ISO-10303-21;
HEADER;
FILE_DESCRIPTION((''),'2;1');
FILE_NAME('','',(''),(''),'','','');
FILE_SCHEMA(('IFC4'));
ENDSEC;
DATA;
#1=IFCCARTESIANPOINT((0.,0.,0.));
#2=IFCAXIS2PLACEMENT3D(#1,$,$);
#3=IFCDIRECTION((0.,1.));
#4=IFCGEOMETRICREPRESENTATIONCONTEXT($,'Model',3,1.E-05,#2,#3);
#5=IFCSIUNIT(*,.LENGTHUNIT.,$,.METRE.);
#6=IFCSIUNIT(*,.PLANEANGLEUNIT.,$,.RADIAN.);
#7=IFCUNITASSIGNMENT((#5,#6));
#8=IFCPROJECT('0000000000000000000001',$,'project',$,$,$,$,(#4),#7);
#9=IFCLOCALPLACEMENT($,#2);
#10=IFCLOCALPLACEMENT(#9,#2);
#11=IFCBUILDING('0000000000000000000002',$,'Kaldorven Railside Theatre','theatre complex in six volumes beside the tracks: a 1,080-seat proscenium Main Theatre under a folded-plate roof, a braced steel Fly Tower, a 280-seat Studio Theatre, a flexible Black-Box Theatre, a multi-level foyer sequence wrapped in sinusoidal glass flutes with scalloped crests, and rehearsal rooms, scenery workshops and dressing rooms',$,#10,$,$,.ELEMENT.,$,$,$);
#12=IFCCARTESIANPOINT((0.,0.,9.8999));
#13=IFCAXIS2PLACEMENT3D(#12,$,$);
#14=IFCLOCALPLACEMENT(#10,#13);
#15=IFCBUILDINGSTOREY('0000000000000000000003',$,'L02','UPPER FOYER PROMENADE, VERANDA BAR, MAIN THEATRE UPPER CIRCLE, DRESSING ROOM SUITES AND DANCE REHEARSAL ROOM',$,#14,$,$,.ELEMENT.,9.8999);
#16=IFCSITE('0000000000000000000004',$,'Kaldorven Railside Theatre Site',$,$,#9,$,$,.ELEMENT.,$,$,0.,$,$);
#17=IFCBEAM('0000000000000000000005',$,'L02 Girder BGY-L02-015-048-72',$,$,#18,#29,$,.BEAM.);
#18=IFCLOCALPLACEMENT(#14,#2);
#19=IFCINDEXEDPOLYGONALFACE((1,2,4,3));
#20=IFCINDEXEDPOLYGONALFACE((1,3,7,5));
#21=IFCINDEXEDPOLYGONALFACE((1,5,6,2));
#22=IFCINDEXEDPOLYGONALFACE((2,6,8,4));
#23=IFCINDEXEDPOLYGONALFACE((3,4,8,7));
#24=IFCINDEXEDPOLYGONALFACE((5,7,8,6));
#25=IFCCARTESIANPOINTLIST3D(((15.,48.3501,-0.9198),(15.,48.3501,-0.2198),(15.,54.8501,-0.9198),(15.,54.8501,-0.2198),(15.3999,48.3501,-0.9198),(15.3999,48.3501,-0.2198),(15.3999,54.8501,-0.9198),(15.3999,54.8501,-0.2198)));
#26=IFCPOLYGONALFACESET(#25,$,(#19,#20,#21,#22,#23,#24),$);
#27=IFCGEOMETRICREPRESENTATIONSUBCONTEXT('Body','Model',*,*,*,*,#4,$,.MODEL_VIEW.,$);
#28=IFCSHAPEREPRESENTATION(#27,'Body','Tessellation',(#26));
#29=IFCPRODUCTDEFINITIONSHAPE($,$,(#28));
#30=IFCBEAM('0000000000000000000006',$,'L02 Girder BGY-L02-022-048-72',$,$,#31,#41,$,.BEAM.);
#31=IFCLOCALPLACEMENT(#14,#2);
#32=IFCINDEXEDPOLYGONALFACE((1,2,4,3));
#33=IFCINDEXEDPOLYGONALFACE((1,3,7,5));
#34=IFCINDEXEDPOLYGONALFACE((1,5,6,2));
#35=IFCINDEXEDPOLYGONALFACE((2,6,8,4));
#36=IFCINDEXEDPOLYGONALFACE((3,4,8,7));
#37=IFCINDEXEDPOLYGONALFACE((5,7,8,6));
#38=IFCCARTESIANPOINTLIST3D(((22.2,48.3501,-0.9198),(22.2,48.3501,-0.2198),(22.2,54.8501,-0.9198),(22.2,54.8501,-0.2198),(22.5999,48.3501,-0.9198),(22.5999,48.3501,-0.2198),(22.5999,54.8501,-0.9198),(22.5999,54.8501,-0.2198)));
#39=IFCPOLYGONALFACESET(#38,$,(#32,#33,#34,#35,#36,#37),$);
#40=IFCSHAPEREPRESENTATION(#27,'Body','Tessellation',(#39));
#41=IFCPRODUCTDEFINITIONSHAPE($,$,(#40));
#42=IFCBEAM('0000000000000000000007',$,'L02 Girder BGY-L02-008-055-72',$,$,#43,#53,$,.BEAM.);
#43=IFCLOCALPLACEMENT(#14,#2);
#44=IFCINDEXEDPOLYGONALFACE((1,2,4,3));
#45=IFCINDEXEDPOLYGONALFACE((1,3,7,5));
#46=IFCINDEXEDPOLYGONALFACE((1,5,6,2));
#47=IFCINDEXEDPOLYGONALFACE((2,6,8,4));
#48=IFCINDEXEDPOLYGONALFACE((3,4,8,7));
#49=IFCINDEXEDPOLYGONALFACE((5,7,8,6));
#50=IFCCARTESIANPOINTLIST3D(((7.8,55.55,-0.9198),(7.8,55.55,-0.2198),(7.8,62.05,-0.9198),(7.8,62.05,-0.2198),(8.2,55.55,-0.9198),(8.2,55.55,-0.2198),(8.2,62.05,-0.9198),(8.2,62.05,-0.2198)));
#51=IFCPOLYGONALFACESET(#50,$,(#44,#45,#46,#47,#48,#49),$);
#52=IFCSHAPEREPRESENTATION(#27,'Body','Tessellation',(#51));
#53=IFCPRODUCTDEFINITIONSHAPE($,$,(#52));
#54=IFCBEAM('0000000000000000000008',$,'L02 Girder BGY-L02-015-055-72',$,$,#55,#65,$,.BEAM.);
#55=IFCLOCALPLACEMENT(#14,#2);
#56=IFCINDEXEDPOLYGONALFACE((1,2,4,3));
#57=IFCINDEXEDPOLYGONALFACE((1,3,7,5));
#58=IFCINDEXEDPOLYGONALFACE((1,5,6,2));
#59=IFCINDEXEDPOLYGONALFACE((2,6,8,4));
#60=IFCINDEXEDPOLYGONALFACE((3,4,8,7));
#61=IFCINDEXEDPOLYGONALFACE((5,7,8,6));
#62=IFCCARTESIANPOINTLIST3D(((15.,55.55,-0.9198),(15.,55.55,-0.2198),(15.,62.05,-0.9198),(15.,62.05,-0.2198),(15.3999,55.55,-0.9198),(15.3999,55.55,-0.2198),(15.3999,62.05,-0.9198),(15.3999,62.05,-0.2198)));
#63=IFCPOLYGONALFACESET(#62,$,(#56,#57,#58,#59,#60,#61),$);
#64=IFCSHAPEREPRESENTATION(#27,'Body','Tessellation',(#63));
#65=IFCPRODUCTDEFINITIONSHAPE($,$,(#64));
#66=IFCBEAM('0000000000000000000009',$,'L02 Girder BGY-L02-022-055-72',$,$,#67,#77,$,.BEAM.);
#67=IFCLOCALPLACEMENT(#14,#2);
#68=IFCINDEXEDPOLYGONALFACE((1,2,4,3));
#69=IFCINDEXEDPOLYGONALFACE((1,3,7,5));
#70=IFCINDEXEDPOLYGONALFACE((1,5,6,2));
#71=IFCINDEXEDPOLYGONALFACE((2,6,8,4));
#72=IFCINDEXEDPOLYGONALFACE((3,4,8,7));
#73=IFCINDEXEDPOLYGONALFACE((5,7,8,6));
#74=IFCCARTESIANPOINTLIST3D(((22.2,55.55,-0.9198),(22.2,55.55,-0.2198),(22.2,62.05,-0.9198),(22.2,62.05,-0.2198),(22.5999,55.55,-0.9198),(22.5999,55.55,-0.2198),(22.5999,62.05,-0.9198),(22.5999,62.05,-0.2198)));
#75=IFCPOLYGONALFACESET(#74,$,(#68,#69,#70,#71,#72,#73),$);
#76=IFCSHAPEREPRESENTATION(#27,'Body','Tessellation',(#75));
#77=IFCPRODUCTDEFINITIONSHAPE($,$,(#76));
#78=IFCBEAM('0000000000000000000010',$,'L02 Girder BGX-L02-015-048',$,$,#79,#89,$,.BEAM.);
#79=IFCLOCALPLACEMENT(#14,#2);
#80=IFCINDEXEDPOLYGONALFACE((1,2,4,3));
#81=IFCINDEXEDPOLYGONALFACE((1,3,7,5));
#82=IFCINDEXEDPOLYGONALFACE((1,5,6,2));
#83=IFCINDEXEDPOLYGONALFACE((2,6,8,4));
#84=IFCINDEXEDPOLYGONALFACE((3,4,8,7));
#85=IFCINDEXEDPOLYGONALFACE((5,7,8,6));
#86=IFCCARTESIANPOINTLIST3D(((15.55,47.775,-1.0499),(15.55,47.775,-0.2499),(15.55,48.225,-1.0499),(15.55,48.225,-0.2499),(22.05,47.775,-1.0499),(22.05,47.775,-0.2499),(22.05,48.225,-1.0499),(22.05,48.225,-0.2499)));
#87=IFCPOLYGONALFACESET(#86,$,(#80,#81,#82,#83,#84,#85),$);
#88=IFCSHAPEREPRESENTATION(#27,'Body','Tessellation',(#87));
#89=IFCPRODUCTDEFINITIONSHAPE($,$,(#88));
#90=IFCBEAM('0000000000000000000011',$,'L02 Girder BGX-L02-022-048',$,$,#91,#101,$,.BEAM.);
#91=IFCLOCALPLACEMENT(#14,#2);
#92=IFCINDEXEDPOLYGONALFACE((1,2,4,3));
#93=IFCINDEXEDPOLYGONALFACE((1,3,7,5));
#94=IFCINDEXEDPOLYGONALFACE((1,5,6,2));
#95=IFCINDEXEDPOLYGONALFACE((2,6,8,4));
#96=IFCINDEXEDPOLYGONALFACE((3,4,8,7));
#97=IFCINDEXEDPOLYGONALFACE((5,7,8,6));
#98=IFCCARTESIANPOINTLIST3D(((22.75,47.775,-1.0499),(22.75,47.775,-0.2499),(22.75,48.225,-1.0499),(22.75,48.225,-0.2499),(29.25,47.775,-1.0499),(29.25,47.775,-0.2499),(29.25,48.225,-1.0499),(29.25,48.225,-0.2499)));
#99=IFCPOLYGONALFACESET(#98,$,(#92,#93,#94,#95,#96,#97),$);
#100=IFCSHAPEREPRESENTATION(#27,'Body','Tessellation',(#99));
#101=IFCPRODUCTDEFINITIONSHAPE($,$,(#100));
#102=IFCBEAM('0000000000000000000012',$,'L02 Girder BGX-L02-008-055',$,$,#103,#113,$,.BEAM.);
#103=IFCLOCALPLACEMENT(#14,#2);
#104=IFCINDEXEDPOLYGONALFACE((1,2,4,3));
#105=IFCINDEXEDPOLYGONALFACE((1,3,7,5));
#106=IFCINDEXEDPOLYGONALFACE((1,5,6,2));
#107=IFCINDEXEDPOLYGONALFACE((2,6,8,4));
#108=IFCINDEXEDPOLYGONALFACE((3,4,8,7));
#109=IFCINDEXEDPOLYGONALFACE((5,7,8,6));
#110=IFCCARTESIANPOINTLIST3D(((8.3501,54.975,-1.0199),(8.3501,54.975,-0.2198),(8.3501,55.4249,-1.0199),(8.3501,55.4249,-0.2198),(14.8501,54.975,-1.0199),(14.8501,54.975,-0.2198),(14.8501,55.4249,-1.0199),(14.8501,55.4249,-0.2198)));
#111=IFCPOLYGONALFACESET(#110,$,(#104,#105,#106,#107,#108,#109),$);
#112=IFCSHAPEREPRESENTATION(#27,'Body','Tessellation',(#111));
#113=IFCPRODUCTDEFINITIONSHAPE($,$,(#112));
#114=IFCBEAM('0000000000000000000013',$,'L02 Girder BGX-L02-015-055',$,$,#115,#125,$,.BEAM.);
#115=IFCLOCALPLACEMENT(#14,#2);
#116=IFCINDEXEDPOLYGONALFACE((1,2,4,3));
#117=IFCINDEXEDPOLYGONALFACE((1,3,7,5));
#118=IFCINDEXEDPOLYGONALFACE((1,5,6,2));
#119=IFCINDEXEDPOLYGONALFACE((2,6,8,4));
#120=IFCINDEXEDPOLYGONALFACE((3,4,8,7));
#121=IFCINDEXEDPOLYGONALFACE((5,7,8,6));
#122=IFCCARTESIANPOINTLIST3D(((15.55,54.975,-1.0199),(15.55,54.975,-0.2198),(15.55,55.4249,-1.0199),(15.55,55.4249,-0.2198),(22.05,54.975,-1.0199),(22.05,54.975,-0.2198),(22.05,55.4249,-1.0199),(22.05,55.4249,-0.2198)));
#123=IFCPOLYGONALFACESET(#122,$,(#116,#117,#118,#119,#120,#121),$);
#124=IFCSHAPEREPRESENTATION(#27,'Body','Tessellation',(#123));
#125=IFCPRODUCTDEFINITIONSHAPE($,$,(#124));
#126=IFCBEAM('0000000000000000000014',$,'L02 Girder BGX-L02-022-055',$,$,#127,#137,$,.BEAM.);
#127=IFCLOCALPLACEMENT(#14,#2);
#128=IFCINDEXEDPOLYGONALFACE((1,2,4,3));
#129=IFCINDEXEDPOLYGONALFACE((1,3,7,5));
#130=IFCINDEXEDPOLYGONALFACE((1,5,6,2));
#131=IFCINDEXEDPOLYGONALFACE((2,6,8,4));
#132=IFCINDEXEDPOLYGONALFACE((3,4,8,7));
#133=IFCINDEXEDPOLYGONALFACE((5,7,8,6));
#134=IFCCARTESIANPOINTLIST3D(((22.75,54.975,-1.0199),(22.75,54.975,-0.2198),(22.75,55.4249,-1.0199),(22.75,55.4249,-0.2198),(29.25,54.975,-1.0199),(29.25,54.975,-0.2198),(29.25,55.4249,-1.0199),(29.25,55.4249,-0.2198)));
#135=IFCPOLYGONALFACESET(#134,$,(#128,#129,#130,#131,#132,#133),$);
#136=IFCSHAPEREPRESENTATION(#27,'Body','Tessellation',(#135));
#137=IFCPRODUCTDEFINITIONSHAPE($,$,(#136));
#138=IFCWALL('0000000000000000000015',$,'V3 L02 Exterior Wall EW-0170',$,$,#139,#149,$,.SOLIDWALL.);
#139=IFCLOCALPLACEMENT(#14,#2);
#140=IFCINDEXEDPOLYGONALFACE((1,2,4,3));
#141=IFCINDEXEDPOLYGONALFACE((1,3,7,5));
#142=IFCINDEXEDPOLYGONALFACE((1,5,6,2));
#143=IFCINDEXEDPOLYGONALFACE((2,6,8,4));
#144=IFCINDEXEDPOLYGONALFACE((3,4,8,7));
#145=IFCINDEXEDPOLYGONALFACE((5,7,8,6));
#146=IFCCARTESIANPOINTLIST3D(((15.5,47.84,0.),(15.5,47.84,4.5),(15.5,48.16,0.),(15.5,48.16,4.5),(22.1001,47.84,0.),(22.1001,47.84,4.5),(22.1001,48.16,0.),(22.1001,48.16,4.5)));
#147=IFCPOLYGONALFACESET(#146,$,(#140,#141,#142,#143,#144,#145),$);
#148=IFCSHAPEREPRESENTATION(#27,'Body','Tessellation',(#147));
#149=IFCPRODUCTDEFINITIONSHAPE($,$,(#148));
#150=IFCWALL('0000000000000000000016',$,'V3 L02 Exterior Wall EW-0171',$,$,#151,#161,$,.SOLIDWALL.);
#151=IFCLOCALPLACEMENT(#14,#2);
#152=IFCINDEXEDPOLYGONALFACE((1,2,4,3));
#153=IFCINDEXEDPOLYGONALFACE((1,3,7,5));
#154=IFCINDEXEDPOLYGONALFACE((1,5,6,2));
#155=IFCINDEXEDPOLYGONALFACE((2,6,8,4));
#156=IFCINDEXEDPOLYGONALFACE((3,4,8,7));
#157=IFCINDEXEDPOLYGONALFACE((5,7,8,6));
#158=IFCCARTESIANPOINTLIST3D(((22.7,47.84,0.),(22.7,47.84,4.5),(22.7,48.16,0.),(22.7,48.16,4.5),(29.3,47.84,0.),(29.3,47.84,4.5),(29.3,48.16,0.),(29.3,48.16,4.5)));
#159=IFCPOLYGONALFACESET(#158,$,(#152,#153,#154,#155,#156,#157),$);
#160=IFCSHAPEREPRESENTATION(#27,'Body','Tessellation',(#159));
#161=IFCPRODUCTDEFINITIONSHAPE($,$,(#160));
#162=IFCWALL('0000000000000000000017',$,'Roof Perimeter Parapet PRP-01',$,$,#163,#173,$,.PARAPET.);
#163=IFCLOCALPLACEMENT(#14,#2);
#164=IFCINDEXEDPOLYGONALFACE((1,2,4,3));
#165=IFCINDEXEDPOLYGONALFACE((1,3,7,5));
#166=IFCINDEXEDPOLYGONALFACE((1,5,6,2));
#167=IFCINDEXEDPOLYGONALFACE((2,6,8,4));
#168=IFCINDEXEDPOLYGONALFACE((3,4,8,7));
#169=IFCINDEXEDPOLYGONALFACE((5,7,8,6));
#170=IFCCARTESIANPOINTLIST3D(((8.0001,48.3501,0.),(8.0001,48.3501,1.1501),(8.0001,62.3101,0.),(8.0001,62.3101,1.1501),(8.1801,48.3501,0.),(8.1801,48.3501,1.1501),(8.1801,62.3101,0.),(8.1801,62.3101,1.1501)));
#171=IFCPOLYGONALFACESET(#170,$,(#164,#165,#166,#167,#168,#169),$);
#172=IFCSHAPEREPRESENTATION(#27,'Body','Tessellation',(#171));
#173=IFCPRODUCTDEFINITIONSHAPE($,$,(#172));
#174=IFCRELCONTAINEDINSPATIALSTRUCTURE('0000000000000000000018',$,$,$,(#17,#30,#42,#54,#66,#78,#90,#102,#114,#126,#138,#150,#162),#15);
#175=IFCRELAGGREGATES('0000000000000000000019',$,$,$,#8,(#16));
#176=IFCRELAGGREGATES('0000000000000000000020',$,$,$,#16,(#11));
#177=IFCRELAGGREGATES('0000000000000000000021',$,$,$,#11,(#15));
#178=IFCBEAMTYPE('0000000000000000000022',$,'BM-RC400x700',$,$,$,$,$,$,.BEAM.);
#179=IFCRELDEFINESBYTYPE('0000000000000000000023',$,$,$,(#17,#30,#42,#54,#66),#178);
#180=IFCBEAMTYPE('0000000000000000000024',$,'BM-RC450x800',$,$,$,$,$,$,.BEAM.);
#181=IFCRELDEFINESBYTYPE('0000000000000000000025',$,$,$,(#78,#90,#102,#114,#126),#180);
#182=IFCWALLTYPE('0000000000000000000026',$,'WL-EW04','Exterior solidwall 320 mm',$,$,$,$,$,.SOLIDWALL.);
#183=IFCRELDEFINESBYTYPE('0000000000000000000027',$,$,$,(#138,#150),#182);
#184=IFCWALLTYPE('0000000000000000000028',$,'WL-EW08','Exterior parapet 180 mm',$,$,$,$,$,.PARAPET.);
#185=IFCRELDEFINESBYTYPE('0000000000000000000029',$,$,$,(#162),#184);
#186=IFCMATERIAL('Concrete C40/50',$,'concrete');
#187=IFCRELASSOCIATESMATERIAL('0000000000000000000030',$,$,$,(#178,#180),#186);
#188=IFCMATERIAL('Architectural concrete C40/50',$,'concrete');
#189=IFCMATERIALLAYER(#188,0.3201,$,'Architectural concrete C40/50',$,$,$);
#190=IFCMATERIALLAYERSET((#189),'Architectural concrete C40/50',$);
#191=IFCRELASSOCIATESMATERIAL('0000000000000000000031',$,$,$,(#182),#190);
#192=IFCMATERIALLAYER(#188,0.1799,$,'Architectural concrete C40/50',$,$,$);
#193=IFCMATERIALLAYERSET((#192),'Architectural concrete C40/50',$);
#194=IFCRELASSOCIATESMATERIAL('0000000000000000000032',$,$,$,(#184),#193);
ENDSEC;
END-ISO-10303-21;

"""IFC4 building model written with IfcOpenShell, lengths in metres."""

from ifc_helpers import new_model, si_unit, direction, frame, frame_2d, origin, origin_2d, place, context, subcontext, project, spatial, rectangle, extrude, material, layer, layer_set, material_profile, profile_set, type_object, element, save


model = new_model("IFC4")

# Units and contexts
model_context = context("Model", 3, precision=1e-05, world=origin(), true_north=direction((0.0, 1.0)))
body_context = subcontext(model_context, "Body", "Model", "MODEL_VIEW")
ifc_project = project(units=[si_unit("LENGTHUNIT", "METRE"), si_unit("PLANEANGLEUNIT", "RADIAN")], contexts=[model_context])

# Site, building, storey
site_placement = place(None, origin())
site = spatial("IfcSite", under=ifc_project, at=site_placement, Name="Kaldorven Railside Theatre Site", CompositionType="ELEMENT", RefElevation=0.0)
building_placement = place(site_placement, origin())
building = spatial("IfcBuilding", under=site, at=building_placement, Name="Kaldorven Railside Theatre", Description="theatre complex in six volumes beside the tracks: a 1,080-seat proscenium Main Theatre under a folded-plate roof, a braced steel Fly Tower, a 280-seat Studio Theatre, a flexible Black-Box Theatre, a multi-level foyer sequence wrapped in sinusoidal glass flutes with scalloped crests, and rehearsal rooms, scenery workshops and dressing rooms", CompositionType="ELEMENT")
storey_placement = place(building_placement, frame((0.0, 0.0, 9.8999)))
storey = spatial("IfcBuildingStorey", under=building, at=storey_placement, Name="L02", Description="UPPER FOYER PROMENADE, VERANDA BAR, MAIN THEATRE UPPER CIRCLE, DRESSING ROOM SUITES AND DANCE REHEARSAL ROOM", CompositionType="ELEMENT", Elevation=9.8999)

# Shared definitions
ifc_material_1 = material(Name="Concrete C40/50", Category="concrete")

# Beams
ifc_material_profile_1 = material_profile(ifc_material_1, rectangle(XDim=0.3999, YDim=0.7, at=origin_2d()), Name="RC 400x700")
ifc_profile_set_1 = profile_set([ifc_material_profile_1], Name="Concrete C40/50")
beam_type_1 = type_object("IfcBeamType", Name="BM-RC400x700", PredefinedType="BEAM", material=ifc_profile_set_1)
for number, where, z_axis, x_axis, name in (
    (1, (15.2, 48.3501, -0.5698), (0.0, 1.0, 0.0), (-1.0, 0.0, 0.0), "L02 Girder BGY-L02-015-048-72"),
    (2, (22.3999, 48.3501, -0.5698), (0.0, 1.0, 0.0), (-1.0, 0.0, 0.0), "L02 Girder BGY-L02-022-048-72"),
    (3, (8.0, 55.55, -0.5698), (0.0, 1.0, 0.0), (-1.0, 0.0, 0.0), "L02 Girder BGY-L02-008-055-72"),
    (4, (15.2, 55.55, -0.5698), (0.0, 1.0, 0.0), (-1.0, 0.0, 0.0), "L02 Girder BGY-L02-015-055-72"),
    (5, (22.3999, 55.55, -0.5698), (0.0, 1.0, 0.0), (-1.0, 0.0, 0.0), "L02 Girder BGY-L02-022-055-72"),
):
    element("IfcBeam", number, at=place(storey_placement, frame(where, z_axis=z_axis, x_axis=x_axis)), inside=storey, type_object=beam_type_1, Name=name, PredefinedType="BEAM", context=body_context, shape_type="SweptSolid", body=[
        extrude(rectangle(XDim=0.3999, YDim=0.7, at=origin_2d()), origin(), (0.0, 0.0, 1.0), 6.5),
    ])
ifc_material_profile_2 = material_profile(ifc_material_1, rectangle(XDim=0.45, YDim=0.8, at=origin_2d()), Name="RC 450x800")
ifc_profile_set_2 = profile_set([ifc_material_profile_2], Name="Concrete C40/50")
beam_type_2 = type_object("IfcBeamType", Name="BM-RC450x800", PredefinedType="BEAM", material=ifc_profile_set_2)
for number, where, z_axis, x_axis, name in (
    (6, (15.55, 48.0, -0.6499), (1.0, 0.0, 0.0), (0.0, 1.0, 0.0), "L02 Girder BGX-L02-015-048"),
    (7, (22.75, 48.0, -0.6499), (1.0, 0.0, 0.0), (0.0, 1.0, 0.0), "L02 Girder BGX-L02-022-048"),
    (8, (8.3501, 55.2, -0.6199), (1.0, 0.0, 0.0), (0.0, 1.0, 0.0), "L02 Girder BGX-L02-008-055"),
    (9, (15.55, 55.2, -0.6199), (1.0, 0.0, 0.0), (0.0, 1.0, 0.0), "L02 Girder BGX-L02-015-055"),
    (10, (22.75, 55.2, -0.6199), (1.0, 0.0, 0.0), (0.0, 1.0, 0.0), "L02 Girder BGX-L02-022-055"),
):
    element("IfcBeam", number, at=place(storey_placement, frame(where, z_axis=z_axis, x_axis=x_axis)), inside=storey, type_object=beam_type_2, Name=name, PredefinedType="BEAM", context=body_context, shape_type="SweptSolid", body=[
        extrude(rectangle(XDim=0.45, YDim=0.8, at=origin_2d()), origin(), (0.0, 0.0, 1.0), 6.5),
    ])

# Walls
ifc_material_2 = material(Name="Architectural concrete C40/50", Category="concrete")
ifc_layer_1 = layer(ifc_material_2, 0.3201, Name="Architectural concrete C40/50")
ifc_layer_set_1 = layer_set([ifc_layer_1], Name="Architectural concrete C40/50")
wall_type_1 = type_object("IfcWallType", Name="WL-EW04", Description="Exterior solidwall 320 mm", PredefinedType="SOLIDWALL", material=ifc_layer_set_1)
for number, where, z_axis, x_axis, name in (
    (11, (15.5, 48.0, 0.0), (0.0, 0.0, 1.0), (1.0, 0.0, 0.0), "V3 L02 Exterior Wall EW-0170"),
    (12, (22.7, 48.0, 0.0), (0.0, 0.0, 1.0), (1.0, 0.0, 0.0), "V3 L02 Exterior Wall EW-0171"),
):
    element("IfcWall", number, at=place(storey_placement, frame(where, z_axis=z_axis, x_axis=x_axis)), inside=storey, type_object=wall_type_1, Name=name, PredefinedType="SOLIDWALL", context=body_context, shape_type="SweptSolid", body=[
        extrude(rectangle(XDim=6.6001, YDim=0.3201, at=frame_2d((3.3, 0.0))), origin(), (0.0, 0.0, 1.0), 4.5),
    ])
ifc_layer_2 = layer(ifc_material_2, 0.1799, Name="Architectural concrete C40/50")
ifc_layer_set_2 = layer_set([ifc_layer_2], Name="Architectural concrete C40/50")
wall_type_2 = type_object("IfcWallType", Name="WL-EW08", Description="Exterior parapet 180 mm", PredefinedType="PARAPET", material=ifc_layer_set_2)
wall_placement = place(storey_placement, frame((8.0901, 48.3501, 0.0), z_axis=(0.0, 0.0, 1.0), x_axis=(0.0, 1.0, 0.0)))
element("IfcWall", 13, at=wall_placement, inside=storey, type_object=wall_type_2, Name="Roof Perimeter Parapet PRP-01", PredefinedType="PARAPET", context=body_context, shape_type="SweptSolid", body=[
    extrude(rectangle(XDim=13.96, YDim=0.1799, at=frame_2d((6.98, 0.0))), origin(), (0.0, 0.0, 1.0), 1.1501),
])

save(model, "model.ifc")
